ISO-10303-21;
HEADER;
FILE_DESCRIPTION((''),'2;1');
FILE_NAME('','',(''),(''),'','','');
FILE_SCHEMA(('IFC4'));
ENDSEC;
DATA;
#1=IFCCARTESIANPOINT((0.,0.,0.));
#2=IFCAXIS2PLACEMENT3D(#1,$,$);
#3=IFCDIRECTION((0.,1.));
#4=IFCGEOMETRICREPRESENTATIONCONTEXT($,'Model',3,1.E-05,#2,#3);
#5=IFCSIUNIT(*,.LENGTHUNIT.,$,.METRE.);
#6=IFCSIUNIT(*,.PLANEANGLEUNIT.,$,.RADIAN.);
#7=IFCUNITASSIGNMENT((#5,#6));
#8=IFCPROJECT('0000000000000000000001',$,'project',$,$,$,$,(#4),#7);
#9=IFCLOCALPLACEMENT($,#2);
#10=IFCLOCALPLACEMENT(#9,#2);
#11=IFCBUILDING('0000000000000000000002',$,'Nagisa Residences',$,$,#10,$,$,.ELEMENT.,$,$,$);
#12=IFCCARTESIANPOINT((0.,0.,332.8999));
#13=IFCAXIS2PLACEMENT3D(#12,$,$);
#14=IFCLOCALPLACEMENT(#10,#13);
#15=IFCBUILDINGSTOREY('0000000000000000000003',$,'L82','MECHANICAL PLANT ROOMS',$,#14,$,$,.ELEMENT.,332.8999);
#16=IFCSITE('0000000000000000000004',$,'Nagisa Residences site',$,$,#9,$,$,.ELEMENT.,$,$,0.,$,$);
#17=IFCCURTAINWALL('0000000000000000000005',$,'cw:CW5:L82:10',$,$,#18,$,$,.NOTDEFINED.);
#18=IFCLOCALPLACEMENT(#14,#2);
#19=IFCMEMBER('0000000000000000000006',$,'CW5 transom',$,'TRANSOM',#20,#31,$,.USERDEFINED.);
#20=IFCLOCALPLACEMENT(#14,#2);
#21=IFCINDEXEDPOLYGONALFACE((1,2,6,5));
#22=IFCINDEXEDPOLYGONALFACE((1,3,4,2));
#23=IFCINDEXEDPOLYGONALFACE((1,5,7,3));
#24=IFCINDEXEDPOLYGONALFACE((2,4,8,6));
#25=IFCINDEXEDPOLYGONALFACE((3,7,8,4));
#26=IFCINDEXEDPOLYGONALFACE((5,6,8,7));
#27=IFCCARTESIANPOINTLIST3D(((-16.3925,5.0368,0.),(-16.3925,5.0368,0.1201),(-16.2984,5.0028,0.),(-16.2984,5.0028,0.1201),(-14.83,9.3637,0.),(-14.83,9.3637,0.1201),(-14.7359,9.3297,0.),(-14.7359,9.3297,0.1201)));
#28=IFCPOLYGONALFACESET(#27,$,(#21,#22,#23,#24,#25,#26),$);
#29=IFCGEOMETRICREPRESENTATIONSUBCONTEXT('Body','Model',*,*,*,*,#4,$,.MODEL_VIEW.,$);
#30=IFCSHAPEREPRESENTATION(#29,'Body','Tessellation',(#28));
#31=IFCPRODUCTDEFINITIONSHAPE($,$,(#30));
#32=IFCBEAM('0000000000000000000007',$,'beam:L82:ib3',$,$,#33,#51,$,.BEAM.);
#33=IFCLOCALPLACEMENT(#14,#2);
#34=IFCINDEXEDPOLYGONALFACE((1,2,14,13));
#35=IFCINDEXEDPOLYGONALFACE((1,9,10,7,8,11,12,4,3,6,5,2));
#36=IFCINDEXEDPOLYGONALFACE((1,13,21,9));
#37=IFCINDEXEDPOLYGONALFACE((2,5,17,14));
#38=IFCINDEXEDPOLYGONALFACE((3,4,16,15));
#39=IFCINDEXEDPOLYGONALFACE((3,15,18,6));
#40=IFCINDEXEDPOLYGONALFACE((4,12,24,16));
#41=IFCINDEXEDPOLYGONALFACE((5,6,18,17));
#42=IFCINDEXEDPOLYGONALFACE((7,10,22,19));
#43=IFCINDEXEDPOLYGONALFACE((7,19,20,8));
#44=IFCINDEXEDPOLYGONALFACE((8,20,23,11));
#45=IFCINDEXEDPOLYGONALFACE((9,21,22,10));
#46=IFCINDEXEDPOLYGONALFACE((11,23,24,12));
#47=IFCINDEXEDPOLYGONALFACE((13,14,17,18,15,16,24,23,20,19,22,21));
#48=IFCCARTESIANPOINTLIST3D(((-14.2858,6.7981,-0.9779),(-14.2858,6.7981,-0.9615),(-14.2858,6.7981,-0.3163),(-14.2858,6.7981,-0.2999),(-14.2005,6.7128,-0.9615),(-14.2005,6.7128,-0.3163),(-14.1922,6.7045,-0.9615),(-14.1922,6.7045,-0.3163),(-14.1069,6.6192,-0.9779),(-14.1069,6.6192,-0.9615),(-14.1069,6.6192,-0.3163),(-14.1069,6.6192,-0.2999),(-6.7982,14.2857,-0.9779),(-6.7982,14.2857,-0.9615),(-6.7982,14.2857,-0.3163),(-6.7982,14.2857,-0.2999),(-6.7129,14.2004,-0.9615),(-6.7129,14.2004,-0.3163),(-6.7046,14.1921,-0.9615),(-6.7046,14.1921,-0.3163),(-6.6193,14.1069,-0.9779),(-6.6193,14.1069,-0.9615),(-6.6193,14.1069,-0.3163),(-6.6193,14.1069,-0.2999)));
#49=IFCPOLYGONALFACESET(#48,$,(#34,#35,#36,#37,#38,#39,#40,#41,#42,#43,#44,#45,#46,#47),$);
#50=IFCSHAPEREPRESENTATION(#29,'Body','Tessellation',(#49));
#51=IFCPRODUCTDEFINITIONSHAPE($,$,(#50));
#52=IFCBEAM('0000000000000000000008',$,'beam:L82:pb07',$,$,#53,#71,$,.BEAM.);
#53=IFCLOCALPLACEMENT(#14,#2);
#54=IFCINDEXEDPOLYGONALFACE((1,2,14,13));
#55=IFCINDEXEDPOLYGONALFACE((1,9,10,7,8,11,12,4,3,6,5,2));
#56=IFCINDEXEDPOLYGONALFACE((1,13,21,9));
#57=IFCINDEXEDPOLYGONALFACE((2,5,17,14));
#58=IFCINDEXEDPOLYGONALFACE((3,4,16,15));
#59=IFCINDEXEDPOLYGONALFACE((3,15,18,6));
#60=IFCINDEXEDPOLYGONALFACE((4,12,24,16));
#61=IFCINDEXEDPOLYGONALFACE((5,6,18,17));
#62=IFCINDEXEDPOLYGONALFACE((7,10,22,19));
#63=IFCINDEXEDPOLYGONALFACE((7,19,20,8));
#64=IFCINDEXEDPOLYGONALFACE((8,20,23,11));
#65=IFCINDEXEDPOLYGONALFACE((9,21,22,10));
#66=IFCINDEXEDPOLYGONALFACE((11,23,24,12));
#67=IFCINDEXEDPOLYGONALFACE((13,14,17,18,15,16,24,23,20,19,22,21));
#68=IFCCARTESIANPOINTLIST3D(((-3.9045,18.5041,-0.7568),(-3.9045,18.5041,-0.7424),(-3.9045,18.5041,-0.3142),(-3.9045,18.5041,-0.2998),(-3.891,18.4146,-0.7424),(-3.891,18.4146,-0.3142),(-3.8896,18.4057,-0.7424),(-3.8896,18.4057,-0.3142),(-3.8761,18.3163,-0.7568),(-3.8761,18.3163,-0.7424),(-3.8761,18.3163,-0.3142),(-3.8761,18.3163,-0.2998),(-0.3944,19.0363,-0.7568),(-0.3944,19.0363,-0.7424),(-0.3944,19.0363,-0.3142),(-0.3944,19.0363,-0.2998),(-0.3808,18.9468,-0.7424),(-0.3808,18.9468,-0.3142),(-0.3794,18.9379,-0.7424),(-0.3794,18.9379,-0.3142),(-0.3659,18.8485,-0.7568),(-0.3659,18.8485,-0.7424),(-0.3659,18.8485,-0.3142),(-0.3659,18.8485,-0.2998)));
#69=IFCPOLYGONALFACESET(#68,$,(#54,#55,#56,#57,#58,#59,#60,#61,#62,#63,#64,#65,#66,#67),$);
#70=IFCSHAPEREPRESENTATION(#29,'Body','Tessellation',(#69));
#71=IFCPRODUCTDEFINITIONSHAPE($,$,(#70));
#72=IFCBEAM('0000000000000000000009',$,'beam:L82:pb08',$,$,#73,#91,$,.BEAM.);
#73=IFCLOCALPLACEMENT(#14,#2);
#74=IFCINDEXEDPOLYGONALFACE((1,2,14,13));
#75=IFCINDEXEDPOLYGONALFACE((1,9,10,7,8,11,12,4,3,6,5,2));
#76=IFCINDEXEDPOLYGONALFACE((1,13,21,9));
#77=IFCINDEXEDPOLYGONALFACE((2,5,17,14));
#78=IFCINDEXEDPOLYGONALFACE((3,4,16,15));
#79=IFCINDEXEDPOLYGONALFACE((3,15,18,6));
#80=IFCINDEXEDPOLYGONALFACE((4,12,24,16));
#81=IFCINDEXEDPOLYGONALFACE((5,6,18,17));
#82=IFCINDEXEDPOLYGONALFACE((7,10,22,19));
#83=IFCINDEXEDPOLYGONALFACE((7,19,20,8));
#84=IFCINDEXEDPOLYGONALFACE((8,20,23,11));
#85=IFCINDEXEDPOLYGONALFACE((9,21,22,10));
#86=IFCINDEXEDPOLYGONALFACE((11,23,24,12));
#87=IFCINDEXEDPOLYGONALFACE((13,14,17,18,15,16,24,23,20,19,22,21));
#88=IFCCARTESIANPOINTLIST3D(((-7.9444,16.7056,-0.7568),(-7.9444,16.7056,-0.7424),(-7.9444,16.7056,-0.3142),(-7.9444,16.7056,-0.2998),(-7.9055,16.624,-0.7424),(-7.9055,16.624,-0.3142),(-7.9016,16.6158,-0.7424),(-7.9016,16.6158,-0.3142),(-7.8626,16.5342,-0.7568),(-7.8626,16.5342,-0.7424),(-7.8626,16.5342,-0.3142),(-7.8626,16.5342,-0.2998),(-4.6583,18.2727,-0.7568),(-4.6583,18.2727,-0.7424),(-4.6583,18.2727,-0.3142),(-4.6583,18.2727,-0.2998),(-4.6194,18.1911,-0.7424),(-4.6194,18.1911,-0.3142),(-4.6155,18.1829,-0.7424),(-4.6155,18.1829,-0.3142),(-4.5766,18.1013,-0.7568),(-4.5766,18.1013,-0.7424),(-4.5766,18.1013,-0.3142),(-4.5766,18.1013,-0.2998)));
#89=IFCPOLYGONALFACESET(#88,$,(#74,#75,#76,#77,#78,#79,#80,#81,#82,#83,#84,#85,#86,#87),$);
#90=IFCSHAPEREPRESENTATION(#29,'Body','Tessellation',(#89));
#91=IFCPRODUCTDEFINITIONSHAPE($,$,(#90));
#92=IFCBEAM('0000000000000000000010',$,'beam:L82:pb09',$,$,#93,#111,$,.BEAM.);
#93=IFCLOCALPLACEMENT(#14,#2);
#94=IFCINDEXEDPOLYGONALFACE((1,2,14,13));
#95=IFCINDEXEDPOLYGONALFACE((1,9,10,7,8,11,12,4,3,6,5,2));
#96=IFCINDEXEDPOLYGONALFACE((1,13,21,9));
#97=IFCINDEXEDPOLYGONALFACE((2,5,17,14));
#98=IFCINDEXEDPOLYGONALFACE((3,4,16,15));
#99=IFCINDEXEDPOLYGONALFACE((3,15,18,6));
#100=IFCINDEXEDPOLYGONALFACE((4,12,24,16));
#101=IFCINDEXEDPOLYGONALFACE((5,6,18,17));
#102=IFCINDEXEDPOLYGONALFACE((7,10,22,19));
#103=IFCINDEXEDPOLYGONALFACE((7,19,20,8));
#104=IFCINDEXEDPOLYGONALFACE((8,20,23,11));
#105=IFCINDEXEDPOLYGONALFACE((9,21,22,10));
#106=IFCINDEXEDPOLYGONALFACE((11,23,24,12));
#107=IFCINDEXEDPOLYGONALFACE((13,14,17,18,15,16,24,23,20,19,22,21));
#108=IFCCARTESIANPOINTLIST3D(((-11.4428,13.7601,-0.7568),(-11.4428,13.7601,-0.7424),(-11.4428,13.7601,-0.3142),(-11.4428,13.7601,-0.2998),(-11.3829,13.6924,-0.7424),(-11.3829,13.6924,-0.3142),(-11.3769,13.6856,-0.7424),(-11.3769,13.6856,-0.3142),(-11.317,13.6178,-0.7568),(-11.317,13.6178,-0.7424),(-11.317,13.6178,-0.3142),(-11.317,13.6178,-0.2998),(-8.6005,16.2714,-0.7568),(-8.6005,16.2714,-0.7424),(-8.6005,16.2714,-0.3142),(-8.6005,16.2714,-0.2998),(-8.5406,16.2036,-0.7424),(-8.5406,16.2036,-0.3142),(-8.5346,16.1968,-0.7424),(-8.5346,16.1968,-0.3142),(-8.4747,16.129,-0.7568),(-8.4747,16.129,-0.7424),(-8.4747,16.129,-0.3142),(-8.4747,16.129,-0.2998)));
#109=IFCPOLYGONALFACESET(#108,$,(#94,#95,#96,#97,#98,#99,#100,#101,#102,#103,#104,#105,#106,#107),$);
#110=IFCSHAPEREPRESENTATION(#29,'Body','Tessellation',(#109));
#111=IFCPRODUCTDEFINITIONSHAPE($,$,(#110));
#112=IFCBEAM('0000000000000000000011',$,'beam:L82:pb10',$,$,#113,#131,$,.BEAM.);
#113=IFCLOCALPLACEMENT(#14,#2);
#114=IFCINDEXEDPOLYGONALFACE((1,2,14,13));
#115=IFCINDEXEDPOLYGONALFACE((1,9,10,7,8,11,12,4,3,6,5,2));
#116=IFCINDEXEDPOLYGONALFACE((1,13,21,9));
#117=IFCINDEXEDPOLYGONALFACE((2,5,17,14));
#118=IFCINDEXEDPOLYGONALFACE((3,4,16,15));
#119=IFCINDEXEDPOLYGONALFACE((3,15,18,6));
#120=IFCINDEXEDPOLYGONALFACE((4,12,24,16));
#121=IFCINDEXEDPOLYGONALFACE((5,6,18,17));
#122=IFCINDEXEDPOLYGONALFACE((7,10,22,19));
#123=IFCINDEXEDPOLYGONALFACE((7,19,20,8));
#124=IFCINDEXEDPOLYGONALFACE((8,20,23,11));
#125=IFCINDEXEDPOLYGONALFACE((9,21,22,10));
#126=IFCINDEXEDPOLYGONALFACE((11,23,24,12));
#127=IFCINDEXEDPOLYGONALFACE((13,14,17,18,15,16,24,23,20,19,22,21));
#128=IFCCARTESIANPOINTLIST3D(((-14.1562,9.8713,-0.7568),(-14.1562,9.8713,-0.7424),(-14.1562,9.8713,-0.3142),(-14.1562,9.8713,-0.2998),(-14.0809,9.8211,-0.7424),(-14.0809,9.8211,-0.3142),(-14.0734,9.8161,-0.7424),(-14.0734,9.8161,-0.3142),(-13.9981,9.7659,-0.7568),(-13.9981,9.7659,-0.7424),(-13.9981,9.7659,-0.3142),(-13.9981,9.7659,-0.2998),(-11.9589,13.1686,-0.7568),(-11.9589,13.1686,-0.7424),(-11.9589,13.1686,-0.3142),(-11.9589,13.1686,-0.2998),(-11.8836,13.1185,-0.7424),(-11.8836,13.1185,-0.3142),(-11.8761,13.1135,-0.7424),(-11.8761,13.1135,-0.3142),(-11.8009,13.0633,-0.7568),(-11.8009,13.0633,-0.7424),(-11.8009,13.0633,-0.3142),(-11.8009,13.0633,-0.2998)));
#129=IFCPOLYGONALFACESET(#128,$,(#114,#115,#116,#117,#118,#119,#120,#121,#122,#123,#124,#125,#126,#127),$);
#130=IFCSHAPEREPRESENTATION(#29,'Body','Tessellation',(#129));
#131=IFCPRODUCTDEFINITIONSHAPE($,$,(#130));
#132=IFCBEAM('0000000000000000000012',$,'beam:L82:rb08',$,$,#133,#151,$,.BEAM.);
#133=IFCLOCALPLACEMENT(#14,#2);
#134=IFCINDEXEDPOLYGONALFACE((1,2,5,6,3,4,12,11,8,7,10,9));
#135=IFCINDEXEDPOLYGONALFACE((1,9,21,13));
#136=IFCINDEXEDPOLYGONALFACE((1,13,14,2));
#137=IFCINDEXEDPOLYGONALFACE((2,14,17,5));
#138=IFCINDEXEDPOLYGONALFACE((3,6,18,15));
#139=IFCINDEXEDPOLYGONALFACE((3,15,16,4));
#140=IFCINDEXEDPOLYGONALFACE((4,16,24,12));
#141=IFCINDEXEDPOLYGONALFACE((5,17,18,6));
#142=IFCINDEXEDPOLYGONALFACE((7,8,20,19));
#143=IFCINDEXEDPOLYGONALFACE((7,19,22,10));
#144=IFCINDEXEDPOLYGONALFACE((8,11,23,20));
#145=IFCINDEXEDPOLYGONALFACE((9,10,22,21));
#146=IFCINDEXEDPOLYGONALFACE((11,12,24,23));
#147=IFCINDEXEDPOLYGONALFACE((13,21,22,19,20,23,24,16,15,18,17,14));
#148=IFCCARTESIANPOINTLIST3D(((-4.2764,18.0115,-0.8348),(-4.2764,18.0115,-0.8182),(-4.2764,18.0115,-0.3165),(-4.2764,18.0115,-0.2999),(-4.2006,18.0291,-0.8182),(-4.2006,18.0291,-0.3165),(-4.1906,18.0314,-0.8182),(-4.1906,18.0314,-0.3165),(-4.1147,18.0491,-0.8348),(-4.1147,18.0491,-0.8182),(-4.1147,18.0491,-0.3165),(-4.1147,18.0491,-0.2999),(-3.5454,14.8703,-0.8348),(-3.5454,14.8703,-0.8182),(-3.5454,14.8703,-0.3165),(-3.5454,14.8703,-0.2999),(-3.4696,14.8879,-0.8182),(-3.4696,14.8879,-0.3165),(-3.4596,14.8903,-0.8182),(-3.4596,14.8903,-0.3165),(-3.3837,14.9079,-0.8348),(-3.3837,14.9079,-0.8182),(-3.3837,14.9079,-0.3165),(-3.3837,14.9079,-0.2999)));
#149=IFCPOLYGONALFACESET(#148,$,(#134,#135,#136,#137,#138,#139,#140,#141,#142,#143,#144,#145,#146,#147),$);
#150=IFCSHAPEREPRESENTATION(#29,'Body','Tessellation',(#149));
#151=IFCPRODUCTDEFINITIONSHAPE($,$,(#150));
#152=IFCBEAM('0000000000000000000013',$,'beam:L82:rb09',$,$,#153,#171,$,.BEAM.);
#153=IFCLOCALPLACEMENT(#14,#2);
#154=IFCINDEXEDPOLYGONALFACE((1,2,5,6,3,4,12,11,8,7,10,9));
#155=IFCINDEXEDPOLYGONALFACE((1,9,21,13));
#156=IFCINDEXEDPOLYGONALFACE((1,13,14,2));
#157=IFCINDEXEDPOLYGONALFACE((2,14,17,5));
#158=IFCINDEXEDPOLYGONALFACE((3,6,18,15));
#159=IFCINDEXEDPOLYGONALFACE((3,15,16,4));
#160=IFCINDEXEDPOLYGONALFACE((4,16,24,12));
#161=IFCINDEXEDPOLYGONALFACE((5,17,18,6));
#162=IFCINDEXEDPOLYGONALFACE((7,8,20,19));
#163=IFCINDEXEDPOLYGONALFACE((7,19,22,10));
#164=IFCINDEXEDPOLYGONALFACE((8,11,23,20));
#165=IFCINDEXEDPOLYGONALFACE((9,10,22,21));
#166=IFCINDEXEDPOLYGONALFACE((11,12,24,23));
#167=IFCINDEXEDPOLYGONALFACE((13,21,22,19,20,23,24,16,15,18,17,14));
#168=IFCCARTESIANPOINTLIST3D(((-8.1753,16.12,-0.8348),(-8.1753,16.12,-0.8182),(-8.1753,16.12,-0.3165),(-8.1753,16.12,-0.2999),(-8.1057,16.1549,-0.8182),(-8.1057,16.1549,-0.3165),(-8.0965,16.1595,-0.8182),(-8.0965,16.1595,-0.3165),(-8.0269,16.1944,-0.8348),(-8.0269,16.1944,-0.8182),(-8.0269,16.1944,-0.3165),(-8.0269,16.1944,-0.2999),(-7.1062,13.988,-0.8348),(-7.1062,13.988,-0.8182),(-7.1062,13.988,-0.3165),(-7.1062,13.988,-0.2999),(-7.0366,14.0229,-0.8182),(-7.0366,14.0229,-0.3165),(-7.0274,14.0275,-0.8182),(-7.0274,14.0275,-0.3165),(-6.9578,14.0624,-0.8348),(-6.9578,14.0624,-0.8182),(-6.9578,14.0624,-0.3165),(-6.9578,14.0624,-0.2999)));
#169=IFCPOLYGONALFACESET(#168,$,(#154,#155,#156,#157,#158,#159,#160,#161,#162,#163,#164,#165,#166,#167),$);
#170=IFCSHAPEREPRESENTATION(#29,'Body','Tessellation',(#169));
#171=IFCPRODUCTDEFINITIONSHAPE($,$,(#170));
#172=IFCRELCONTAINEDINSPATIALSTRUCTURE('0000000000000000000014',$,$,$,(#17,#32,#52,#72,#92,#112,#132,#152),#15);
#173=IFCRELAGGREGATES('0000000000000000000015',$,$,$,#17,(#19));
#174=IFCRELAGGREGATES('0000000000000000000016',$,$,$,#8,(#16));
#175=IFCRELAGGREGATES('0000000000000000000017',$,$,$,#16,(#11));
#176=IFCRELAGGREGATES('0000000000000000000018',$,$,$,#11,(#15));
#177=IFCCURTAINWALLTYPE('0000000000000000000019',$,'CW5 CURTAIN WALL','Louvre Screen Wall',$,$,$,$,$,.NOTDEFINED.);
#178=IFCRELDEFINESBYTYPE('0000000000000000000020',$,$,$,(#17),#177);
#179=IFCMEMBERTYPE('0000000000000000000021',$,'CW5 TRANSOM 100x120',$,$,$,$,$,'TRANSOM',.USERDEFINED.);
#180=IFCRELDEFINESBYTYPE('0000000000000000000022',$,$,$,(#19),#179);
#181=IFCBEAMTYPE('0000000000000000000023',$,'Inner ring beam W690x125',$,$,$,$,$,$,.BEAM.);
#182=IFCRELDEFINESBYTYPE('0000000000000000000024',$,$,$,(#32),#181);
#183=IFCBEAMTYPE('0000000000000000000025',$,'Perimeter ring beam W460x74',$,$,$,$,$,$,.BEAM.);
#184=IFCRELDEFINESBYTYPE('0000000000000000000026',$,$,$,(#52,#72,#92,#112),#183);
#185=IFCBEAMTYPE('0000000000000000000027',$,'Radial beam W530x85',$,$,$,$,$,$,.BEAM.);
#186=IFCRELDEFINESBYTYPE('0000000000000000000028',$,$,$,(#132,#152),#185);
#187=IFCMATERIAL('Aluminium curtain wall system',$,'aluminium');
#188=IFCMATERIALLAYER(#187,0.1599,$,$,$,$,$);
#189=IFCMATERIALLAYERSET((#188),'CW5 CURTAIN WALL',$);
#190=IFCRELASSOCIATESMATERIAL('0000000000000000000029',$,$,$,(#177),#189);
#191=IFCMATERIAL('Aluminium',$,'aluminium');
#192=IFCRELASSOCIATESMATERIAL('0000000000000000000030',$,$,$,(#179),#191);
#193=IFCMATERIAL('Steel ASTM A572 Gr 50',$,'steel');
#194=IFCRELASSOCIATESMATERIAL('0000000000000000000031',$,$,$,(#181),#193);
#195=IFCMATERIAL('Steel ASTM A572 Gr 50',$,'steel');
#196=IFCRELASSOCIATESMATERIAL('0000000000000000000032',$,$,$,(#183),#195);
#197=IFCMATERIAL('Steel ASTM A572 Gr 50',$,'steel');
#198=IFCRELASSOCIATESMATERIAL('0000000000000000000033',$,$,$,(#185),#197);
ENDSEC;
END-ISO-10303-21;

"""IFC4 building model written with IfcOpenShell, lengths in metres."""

from ifc_helpers import new_model, si_unit, direction, frame, origin, origin_2d, place, context, subcontext, project, spatial, rectangle, i_section, extrude, material, layer, layer_set, material_profile, profile_set, type_object, element, aggregate, save


model = new_model("IFC4")

# Units and contexts
model_context = context("Model", 3, precision=1e-05, world=origin(), true_north=direction((0.0, 1.0)))
body_context = subcontext(model_context, "Body", "Model", "MODEL_VIEW")
ifc_project = project(units=[si_unit("LENGTHUNIT", "METRE"), si_unit("PLANEANGLEUNIT", "RADIAN")], contexts=[model_context])

# Site, building, storey
site_placement = place(None, origin())
site = spatial("IfcSite", under=ifc_project, at=site_placement, Name="Nagisa Residences site", CompositionType="ELEMENT", RefElevation=0.0)
building_placement = place(site_placement, origin())
building = spatial("IfcBuilding", under=site, at=building_placement, Name="Nagisa Residences", CompositionType="ELEMENT")
storey_placement = place(building_placement, frame((0.0, 0.0, 332.8999)))
storey = spatial("IfcBuildingStorey", under=building, at=storey_placement, Name="L82", Description="MECHANICAL PLANT ROOMS", CompositionType="ELEMENT", Elevation=332.8999)

# Shared definitions
ifc_material_1 = material(Name="Aluminium curtain wall system", Category="aluminium")
ifc_layer_1 = layer(ifc_material_1, 0.1599)
ifc_layer_set_1 = layer_set([ifc_layer_1], Name="CW5 CURTAIN WALL")
curtain_wall_type = type_object("IfcCurtainWallType", Name="CW5 CURTAIN WALL", Description="Louvre Screen Wall", PredefinedType="NOTDEFINED", material=ifc_layer_set_1)

# Shared definitions
ifc_material_2 = material(Name="Aluminium", Category="aluminium")
ifc_material_profile_1 = material_profile(ifc_material_2, rectangle(XDim=0.1001, YDim=0.1201, at=origin_2d()), Name="CW5 TRANSOM 100x120")
ifc_profile_set_1 = profile_set([ifc_material_profile_1], Name="Aluminium")
member_type_1 = type_object("IfcMemberType", Name="CW5 TRANSOM 100x120", ElementType="TRANSOM", PredefinedType="USERDEFINED", material=ifc_profile_set_1)

# Curtain wall, member
curtain_wall_1_placement = place(storey_placement, origin())
curtain_wall_1 = element("IfcCurtainWall", 1, at=curtain_wall_1_placement, inside=storey, type_object=curtain_wall_type, Name="cw:CW5:L82:10", PredefinedType="NOTDEFINED")
member_1_placement = place(storey_placement, frame((-14.783, 9.3467, 0.0601), z_axis=(-0.339646, -0.940553, 0.0), x_axis=(0.940553, -0.339646, 0.0)))
member_1 = element("IfcMember", 2, at=member_1_placement, type_object=member_type_1, Name="CW5 transom", ObjectType="TRANSOM", PredefinedType="USERDEFINED", context=body_context, shape_type="SweptSolid", body=[
    extrude(rectangle(XDim=0.1001, YDim=0.1201, at=origin_2d()), origin(), (0.0, 0.0, 1.0), 4.6003),
])
aggregate(curtain_wall_1, [member_1])

# Beams
ifc_material_3 = material(Name="Steel ASTM A572 Gr 50", Category="steel")
ifc_material_profile_2 = material_profile(ifc_material_3, i_section(OverallWidth=0.2529, OverallDepth=0.678, WebThickness=0.0117, FlangeThickness=0.0164, at=origin_2d()), Name="W690x125")
ifc_profile_set_2 = profile_set([ifc_material_profile_2], Name="Steel ASTM A572 Gr 50")
beam_type_1 = type_object("IfcBeamType", Name="Inner ring beam W690x125", PredefinedType="BEAM", material=ifc_profile_set_2)
beam_1_placement = place(storey_placement, frame((-6.7087, 14.1963, -0.6389), z_axis=(-0.707107, -0.707107, 0.0), x_axis=(0.707107, -0.707107, 0.0)))
element("IfcBeam", 3, at=beam_1_placement, inside=storey, type_object=beam_type_1, Name="beam:L82:ib3", PredefinedType="BEAM", context=body_context, shape_type="SweptSolid", body=[
    extrude(i_section(OverallWidth=0.2529, OverallDepth=0.678, WebThickness=0.0117, FlangeThickness=0.0164, at=origin_2d()), origin(), (0.0, 0.0, 1.0), 10.5891),
])
ifc_material_4 = material(Name="Steel ASTM A572 Gr 50", Category="steel")
ifc_material_profile_3 = material_profile(ifc_material_4, i_section(OverallWidth=0.1899, OverallDepth=0.457, WebThickness=0.009, FlangeThickness=0.0144, at=origin_2d()), Name="W460x74")
ifc_profile_set_3 = profile_set([ifc_material_profile_3], Name="Steel ASTM A572 Gr 50")
beam_type_2 = type_object("IfcBeamType", Name="Perimeter ring beam W460x74", PredefinedType="BEAM", material=ifc_profile_set_3)
beam_2_placement = place(storey_placement, frame((-0.3801, 18.9424, -0.5283), z_axis=(-0.9887, -0.149907, 0.0), x_axis=(0.149907, -0.9887, 0.0)))
element("IfcBeam", 4, at=beam_2_placement, inside=storey, type_object=beam_type_2, Name="beam:L82:pb07", PredefinedType="BEAM", context=body_context, shape_type="SweptSolid", body=[
    extrude(i_section(OverallWidth=0.1899, OverallDepth=0.457, WebThickness=0.009, FlangeThickness=0.0144, at=origin_2d()), origin(), (0.0, 0.0, 1.0), 3.5503),
])
beam_3_placement = place(storey_placement, frame((-4.6174, 18.187, -0.5283), z_axis=(-0.902614, -0.430452, 0.0), x_axis=(0.430452, -0.902614, 0.0)))
element("IfcBeam", 5, at=beam_3_placement, inside=storey, type_object=beam_type_2, Name="beam:L82:pb08", PredefinedType="BEAM", context=body_context, shape_type="SweptSolid", body=[
    extrude(i_section(OverallWidth=0.1899, OverallDepth=0.457, WebThickness=0.009, FlangeThickness=0.0144, at=origin_2d()), origin(), (0.0, 0.0, 1.0), 3.6406),
])
beam_4_placement = place(storey_placement, frame((-8.5376, 16.2002, -0.5283), z_axis=(-0.749402, -0.662115, 0.0), x_axis=(0.662115, -0.749402, 0.0)))
element("IfcBeam", 6, at=beam_4_placement, inside=storey, type_object=beam_type_2, Name="beam:L82:pb09", PredefinedType="BEAM", context=body_context, shape_type="SweptSolid", body=[
    extrude(i_section(OverallWidth=0.1899, OverallDepth=0.457, WebThickness=0.009, FlangeThickness=0.0144, at=origin_2d()), origin(), (0.0, 0.0, 1.0), 3.7927),
])
beam_5_placement = place(storey_placement, frame((-11.8799, 13.116, -0.5283), z_axis=(-0.55453, -0.832164, 0.0), x_axis=(0.832164, -0.55453, 0.0)))
element("IfcBeam", 7, at=beam_5_placement, inside=storey, type_object=beam_type_2, Name="beam:L82:pb10", PredefinedType="BEAM", context=body_context, shape_type="SweptSolid", body=[
    extrude(i_section(OverallWidth=0.1899, OverallDepth=0.457, WebThickness=0.009, FlangeThickness=0.0144, at=origin_2d()), origin(), (0.0, 0.0, 1.0), 3.9624),
])
ifc_material_5 = material(Name="Steel ASTM A572 Gr 50", Category="steel")
ifc_material_profile_4 = material_profile(ifc_material_5, i_section(OverallWidth=0.166, OverallDepth=0.5349, WebThickness=0.0103, FlangeThickness=0.0166, at=origin_2d()), Name="W530x85")
ifc_profile_set_4 = profile_set([ifc_material_profile_4], Name="Steel ASTM A572 Gr 50")
beam_type_3 = type_object("IfcBeamType", Name="Radial beam W530x85", PredefinedType="BEAM", material=ifc_profile_set_4)
beam_6_placement = place(storey_placement, frame((-4.1956, 18.0303, -0.5674), z_axis=(0.22665, -0.973976, 0.0), x_axis=(0.973976, 0.22665, 0.0)))
element("IfcBeam", 8, at=beam_6_placement, inside=storey, type_object=beam_type_3, Name="beam:L82:rb08", PredefinedType="BEAM", context=body_context, shape_type="SweptSolid", body=[
    extrude(i_section(OverallWidth=0.166, OverallDepth=0.5349, WebThickness=0.0103, FlangeThickness=0.0166, at=origin_2d()), origin(), (0.0, 0.0, 1.0), 3.2251),
])
beam_7_placement = place(storey_placement, frame((-8.1011, 16.1572, -0.5674), z_axis=(0.448237, -0.893915, 0.0), x_axis=(0.893915, 0.448237, 0.0)))
element("IfcBeam", 9, at=beam_7_placement, inside=storey, type_object=beam_type_3, Name="beam:L82:rb09", PredefinedType="BEAM", context=body_context, shape_type="SweptSolid", body=[
    extrude(i_section(OverallWidth=0.166, OverallDepth=0.5349, WebThickness=0.0103, FlangeThickness=0.0166, at=origin_2d()), origin(), (0.0, 0.0, 1.0), 2.385),
])

save(model, "model.ifc")
